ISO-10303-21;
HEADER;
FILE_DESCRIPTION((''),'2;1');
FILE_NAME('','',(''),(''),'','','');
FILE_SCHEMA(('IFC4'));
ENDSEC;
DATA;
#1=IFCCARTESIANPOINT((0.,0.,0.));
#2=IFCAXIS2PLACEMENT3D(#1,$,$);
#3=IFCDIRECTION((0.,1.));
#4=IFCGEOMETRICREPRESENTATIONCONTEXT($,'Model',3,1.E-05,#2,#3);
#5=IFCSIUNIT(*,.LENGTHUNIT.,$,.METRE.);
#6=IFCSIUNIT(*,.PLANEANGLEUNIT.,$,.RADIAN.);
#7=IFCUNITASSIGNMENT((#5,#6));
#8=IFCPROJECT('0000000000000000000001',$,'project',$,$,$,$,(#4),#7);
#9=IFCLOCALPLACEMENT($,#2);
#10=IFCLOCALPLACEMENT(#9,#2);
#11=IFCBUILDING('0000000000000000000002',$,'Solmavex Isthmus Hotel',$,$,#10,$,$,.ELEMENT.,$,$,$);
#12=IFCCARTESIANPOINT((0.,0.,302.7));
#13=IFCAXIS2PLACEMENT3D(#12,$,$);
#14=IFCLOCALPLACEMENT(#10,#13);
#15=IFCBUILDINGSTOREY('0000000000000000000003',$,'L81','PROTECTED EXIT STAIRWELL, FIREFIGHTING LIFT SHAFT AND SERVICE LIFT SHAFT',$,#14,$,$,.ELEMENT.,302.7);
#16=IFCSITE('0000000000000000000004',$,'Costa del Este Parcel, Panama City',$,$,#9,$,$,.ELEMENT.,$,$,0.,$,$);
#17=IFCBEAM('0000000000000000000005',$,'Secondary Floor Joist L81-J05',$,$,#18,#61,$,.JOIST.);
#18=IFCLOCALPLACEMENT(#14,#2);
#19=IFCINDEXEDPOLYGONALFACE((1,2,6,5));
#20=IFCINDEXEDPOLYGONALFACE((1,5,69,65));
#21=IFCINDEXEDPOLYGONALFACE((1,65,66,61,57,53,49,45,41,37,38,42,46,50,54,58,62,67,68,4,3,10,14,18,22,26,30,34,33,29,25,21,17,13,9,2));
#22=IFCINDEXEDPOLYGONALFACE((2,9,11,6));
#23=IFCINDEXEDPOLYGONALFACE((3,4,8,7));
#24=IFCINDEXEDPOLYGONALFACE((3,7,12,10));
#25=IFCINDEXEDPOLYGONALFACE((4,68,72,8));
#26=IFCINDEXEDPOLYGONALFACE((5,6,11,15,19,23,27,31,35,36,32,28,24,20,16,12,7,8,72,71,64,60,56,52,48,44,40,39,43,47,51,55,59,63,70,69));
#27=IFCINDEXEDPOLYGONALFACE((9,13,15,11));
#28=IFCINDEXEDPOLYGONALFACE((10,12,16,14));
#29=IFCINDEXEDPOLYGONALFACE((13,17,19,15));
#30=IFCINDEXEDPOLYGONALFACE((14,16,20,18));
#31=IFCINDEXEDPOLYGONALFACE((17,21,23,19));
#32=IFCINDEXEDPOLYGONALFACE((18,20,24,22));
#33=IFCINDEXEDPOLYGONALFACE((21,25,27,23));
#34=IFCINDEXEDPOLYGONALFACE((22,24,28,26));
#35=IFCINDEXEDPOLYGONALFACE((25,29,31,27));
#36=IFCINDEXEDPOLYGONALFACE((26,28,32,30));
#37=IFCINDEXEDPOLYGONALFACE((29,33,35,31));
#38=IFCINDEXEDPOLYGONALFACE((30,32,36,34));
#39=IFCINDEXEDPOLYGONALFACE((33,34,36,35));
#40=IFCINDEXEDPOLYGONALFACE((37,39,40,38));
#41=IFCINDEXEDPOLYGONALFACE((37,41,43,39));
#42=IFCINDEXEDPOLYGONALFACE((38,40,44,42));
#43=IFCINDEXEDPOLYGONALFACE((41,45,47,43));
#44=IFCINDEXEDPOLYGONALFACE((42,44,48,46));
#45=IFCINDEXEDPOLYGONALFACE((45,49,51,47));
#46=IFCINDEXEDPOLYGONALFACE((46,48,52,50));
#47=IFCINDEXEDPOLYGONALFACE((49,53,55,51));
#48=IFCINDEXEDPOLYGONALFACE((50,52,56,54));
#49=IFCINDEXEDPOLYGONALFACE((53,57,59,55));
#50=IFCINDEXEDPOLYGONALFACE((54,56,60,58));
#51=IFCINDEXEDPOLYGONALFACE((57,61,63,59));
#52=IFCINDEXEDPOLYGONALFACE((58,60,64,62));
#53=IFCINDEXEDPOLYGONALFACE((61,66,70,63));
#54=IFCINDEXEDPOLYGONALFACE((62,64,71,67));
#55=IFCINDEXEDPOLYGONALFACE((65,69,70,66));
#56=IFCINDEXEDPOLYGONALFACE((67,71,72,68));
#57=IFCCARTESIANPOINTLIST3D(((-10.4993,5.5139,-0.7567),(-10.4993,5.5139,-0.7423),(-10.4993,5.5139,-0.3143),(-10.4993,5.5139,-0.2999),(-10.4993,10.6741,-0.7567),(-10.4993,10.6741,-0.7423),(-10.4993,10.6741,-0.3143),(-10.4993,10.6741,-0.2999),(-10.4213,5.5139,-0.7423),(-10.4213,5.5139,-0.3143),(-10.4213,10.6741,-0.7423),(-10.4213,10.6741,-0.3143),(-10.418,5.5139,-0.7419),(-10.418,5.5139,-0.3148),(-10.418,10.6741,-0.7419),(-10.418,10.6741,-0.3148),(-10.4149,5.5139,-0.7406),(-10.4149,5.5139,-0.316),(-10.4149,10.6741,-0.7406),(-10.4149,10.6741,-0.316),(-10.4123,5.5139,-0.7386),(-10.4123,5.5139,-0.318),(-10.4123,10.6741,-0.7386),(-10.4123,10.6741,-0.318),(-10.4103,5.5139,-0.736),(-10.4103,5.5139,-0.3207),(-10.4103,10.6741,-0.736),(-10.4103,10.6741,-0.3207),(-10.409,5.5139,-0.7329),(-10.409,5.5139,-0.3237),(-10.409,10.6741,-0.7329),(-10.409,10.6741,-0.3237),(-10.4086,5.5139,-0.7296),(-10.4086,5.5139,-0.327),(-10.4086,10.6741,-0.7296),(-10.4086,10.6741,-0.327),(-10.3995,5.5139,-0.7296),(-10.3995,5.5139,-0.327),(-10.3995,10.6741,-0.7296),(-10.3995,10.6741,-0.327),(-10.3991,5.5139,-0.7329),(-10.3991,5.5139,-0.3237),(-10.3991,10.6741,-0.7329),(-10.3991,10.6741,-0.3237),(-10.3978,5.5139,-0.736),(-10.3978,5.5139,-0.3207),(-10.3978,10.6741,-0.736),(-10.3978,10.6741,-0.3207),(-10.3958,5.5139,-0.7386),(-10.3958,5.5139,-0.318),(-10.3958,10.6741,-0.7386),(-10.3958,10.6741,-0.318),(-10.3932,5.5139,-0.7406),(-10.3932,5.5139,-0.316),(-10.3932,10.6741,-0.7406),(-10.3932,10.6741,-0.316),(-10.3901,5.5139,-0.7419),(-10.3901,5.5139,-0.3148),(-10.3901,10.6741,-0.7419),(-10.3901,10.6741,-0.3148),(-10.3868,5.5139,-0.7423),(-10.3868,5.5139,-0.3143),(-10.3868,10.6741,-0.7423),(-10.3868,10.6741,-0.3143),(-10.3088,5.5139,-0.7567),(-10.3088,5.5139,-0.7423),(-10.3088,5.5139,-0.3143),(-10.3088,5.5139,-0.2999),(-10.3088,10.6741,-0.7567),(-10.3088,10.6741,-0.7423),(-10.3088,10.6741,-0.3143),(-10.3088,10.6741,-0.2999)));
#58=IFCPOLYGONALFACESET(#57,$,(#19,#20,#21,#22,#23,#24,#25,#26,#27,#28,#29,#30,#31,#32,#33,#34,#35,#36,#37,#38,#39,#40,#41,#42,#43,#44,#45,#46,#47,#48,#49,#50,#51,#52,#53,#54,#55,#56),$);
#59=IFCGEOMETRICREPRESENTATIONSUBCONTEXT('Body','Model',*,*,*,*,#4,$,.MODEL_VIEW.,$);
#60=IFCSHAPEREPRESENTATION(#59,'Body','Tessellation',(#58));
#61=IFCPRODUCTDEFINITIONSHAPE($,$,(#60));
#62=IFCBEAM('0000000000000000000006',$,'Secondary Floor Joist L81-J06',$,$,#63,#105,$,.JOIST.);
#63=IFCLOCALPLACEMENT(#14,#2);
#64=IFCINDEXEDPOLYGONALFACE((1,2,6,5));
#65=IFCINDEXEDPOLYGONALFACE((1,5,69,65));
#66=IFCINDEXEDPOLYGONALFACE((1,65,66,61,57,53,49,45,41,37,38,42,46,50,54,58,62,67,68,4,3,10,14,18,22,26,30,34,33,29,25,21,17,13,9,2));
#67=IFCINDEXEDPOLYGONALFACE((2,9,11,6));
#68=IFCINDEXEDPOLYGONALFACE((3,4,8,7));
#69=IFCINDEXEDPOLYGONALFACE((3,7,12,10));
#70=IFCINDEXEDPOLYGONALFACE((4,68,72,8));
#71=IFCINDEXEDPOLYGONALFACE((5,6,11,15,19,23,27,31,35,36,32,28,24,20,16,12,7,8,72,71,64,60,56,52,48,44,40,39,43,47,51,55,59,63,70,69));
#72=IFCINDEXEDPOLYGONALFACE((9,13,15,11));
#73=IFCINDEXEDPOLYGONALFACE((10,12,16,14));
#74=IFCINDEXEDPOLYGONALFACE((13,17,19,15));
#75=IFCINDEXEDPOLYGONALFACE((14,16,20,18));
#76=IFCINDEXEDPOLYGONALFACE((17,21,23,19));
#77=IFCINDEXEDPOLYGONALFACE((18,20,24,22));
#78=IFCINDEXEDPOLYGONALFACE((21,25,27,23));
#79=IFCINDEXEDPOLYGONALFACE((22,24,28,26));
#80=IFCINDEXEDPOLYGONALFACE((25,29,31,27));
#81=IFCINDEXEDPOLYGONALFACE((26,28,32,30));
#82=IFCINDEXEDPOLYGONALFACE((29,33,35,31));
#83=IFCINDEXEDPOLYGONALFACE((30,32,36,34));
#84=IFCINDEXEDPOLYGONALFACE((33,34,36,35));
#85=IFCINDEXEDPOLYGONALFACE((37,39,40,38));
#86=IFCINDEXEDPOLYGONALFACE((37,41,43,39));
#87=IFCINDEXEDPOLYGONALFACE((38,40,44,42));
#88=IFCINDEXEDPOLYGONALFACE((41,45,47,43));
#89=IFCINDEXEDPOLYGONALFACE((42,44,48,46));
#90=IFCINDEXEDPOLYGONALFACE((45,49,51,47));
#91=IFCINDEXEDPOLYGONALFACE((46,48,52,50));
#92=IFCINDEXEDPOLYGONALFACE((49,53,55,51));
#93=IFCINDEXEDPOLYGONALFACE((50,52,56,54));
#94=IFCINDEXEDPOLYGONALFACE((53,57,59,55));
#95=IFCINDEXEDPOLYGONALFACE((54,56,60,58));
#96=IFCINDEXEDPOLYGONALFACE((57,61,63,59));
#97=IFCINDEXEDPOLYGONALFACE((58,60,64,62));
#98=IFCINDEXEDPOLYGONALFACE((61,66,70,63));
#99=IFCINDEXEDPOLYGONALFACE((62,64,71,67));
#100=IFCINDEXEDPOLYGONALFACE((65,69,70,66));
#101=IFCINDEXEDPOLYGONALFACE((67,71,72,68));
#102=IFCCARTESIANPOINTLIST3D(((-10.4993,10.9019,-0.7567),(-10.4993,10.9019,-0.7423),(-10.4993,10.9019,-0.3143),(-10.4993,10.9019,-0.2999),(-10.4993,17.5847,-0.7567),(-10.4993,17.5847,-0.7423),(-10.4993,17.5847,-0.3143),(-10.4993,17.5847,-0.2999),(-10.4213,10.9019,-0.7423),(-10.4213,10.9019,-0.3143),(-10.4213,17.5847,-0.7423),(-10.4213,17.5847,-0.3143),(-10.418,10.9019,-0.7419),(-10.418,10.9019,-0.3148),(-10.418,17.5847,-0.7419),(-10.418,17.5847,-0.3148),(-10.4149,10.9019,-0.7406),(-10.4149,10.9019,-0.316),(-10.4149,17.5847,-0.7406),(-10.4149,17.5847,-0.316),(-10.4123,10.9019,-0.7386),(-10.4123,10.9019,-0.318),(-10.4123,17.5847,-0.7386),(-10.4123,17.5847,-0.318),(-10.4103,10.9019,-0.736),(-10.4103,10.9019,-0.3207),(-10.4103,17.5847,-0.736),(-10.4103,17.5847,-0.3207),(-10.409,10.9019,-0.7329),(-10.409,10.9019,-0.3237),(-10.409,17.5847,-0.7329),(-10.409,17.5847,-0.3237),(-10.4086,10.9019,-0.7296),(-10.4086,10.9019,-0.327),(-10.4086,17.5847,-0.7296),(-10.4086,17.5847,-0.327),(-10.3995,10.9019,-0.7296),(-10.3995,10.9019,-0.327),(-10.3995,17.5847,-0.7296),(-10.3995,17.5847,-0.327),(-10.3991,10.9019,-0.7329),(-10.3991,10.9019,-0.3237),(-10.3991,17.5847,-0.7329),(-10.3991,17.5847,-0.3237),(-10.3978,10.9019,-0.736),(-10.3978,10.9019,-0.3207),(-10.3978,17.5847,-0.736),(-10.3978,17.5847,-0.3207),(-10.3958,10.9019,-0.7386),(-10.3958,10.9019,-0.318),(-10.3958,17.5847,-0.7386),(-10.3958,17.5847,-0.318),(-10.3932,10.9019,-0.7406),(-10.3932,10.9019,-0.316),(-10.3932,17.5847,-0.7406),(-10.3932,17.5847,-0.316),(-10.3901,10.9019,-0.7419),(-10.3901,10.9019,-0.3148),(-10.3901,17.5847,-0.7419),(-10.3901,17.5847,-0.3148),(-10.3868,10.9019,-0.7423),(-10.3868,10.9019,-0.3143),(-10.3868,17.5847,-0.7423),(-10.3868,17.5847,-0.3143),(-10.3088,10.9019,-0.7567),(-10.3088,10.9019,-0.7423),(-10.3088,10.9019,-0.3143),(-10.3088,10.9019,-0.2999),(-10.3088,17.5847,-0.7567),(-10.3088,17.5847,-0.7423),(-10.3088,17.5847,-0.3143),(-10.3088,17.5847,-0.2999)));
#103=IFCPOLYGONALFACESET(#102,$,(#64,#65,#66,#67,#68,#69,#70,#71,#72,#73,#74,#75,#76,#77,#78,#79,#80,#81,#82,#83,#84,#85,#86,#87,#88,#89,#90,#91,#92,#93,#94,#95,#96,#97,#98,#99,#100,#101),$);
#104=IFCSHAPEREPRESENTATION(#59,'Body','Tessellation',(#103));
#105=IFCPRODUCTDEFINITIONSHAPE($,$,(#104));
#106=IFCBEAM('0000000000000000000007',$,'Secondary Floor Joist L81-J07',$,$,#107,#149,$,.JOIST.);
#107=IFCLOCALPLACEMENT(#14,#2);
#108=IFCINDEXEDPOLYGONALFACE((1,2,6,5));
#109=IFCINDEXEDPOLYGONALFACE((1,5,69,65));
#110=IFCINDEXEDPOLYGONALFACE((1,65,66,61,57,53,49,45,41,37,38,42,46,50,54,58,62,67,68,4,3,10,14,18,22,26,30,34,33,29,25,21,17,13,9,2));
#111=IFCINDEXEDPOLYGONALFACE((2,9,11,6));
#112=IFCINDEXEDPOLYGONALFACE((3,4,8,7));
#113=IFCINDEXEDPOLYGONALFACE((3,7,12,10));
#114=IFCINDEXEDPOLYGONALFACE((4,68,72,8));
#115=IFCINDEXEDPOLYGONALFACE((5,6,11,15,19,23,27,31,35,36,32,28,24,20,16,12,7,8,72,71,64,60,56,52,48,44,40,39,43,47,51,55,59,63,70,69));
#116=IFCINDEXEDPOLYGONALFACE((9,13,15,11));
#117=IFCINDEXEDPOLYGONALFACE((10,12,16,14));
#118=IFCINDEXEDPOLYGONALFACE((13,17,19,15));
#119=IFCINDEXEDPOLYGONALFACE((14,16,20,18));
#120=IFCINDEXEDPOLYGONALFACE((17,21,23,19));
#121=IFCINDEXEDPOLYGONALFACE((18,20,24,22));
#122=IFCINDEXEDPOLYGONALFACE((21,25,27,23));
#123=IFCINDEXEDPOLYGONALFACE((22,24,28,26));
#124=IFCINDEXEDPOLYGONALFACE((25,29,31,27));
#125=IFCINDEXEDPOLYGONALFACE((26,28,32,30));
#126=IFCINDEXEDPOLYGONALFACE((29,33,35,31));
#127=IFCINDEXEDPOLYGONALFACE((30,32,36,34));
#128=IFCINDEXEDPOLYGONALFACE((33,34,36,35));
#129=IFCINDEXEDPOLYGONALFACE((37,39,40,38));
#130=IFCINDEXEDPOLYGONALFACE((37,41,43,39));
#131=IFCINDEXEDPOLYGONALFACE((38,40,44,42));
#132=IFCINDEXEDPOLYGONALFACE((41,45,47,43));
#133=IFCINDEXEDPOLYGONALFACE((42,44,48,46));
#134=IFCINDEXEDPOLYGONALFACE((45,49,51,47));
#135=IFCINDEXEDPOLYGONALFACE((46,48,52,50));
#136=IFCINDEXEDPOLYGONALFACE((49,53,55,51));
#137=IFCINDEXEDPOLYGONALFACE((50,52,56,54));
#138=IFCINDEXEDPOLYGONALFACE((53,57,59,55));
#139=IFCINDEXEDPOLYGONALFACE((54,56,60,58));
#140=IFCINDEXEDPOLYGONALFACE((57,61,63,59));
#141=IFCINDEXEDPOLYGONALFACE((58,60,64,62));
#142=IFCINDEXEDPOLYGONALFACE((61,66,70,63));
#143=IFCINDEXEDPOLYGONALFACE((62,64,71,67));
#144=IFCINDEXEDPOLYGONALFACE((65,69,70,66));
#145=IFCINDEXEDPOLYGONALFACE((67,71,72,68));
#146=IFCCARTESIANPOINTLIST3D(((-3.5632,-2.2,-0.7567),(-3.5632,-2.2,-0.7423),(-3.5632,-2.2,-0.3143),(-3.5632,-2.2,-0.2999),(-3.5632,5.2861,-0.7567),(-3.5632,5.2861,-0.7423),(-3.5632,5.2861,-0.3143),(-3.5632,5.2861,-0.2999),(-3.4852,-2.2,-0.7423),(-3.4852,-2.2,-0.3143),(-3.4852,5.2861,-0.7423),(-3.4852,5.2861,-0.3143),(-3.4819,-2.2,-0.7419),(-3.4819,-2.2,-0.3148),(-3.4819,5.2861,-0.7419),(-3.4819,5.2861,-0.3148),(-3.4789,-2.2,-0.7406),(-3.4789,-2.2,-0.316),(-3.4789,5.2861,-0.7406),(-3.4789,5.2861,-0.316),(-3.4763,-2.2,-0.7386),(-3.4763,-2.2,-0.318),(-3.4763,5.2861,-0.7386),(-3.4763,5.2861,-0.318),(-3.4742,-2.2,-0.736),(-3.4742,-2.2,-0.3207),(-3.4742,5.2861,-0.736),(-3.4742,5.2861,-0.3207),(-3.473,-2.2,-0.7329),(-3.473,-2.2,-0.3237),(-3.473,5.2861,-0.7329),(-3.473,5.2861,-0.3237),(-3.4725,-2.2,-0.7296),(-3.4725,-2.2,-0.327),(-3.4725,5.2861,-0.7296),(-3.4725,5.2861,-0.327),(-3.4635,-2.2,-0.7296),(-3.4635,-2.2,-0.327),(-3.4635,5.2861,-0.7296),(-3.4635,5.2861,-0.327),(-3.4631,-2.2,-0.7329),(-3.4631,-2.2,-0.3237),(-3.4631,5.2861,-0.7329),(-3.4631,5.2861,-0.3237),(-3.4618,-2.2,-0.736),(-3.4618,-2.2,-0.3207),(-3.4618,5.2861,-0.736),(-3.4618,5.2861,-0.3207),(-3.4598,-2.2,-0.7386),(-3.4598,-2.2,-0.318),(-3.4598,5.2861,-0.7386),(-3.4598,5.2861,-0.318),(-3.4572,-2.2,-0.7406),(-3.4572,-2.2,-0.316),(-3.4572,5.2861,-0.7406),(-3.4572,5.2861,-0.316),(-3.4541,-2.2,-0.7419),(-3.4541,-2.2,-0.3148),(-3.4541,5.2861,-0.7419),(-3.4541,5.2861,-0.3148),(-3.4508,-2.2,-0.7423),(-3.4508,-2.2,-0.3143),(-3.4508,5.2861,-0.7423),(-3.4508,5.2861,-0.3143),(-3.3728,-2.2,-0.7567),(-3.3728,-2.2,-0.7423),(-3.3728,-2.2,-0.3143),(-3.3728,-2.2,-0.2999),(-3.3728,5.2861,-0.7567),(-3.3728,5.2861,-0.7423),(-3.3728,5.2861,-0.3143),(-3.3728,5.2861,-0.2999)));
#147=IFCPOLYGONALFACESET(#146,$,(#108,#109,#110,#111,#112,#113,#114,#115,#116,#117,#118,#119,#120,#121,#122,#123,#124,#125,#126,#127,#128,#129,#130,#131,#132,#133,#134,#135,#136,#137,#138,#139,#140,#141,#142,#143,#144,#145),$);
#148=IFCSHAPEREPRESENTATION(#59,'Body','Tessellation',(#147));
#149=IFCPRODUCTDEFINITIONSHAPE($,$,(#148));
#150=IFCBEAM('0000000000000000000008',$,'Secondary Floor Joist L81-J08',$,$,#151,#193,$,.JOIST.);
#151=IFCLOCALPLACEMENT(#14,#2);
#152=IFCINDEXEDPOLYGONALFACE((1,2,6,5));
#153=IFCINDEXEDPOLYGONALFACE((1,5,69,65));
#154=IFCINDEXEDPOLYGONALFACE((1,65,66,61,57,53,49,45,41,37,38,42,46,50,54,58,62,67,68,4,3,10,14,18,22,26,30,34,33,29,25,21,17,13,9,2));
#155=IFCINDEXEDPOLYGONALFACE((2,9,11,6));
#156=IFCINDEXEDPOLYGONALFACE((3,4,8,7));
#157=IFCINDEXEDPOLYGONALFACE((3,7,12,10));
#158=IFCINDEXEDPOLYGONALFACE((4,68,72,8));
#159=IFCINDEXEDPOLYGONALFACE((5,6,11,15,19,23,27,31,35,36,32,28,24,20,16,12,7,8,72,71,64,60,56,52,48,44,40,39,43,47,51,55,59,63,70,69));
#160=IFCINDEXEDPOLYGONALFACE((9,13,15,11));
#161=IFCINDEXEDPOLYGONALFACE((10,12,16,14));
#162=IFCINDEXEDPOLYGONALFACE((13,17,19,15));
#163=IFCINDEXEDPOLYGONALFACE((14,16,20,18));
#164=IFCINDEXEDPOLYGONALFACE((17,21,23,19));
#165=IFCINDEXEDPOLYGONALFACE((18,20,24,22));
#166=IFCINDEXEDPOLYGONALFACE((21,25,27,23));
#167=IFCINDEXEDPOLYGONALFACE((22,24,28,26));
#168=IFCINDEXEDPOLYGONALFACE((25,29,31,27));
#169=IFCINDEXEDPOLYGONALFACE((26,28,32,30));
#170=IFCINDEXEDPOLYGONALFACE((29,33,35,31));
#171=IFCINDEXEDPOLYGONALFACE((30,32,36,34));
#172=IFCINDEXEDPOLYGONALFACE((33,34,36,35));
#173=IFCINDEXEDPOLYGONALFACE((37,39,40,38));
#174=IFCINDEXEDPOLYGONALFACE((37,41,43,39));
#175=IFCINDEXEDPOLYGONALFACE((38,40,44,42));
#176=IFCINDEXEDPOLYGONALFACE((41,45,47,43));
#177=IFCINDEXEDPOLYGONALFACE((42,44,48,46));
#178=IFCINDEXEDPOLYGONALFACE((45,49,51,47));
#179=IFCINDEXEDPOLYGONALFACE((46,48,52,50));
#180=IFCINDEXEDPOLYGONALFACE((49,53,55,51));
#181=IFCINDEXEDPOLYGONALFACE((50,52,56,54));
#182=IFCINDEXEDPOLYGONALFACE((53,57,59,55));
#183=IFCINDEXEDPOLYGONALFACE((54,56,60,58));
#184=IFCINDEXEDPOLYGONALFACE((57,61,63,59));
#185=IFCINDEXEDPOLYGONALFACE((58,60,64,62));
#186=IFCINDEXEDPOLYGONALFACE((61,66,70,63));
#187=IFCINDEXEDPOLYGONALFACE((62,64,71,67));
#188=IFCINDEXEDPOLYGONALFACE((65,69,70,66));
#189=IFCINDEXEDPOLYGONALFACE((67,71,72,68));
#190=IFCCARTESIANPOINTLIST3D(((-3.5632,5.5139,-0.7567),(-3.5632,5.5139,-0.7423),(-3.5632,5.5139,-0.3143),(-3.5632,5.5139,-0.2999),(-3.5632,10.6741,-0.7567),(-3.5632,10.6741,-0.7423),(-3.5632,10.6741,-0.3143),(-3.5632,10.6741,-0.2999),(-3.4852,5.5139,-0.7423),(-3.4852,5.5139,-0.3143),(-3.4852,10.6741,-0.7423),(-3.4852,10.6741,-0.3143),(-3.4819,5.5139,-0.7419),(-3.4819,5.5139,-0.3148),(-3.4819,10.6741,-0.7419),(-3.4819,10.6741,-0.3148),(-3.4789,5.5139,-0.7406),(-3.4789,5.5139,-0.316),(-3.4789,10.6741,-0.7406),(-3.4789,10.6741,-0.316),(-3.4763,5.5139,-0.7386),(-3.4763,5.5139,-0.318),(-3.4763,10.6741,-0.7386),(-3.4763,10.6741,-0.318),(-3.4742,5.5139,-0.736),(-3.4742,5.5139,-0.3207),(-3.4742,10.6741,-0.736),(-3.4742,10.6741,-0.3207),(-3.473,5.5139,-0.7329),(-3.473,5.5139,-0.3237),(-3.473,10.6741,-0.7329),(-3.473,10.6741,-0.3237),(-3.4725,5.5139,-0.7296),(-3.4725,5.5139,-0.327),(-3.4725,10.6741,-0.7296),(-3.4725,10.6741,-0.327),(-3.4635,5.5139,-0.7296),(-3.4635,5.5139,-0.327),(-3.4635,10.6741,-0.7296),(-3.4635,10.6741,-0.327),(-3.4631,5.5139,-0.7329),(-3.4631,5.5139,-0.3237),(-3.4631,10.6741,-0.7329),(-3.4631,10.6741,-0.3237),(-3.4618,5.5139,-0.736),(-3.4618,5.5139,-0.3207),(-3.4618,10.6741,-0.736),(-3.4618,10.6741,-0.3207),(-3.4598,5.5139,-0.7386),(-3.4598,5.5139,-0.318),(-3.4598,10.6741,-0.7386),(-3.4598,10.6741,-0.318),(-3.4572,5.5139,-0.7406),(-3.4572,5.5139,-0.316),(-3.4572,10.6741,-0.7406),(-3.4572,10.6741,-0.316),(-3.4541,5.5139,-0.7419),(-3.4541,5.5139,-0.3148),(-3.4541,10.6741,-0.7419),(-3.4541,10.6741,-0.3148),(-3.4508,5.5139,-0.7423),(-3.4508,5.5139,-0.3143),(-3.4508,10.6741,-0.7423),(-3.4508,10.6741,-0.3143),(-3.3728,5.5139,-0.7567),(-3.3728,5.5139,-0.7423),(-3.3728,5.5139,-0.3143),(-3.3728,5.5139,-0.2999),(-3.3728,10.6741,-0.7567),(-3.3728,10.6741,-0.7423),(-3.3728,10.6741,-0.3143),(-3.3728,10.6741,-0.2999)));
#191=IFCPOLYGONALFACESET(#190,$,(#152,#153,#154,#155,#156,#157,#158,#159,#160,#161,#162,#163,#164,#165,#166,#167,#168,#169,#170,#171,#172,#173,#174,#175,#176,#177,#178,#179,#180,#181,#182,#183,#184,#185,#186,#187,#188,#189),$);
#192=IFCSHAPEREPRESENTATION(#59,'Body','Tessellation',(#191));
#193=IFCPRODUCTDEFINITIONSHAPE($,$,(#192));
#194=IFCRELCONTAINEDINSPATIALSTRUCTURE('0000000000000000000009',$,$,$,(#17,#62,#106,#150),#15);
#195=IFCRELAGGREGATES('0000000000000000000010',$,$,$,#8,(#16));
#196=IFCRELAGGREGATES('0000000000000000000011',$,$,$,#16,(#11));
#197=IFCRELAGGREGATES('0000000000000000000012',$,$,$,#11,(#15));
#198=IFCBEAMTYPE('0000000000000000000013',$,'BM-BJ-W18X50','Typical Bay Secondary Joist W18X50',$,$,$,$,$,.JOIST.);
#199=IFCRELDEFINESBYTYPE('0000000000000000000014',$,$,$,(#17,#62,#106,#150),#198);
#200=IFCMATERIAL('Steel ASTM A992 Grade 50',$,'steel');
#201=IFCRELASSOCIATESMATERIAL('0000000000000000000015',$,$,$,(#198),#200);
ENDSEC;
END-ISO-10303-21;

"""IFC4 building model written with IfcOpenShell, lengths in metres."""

from ifc_helpers import new_model, si_unit, direction, frame, origin, origin_2d, place, context, subcontext, project, spatial, i_section, extrude, material, material_profile, profile_set, type_object, element, save


model = new_model("IFC4")

# Units and contexts
model_context = context("Model", 3, precision=1e-05, world=origin(), true_north=direction((0.0, 1.0)))
body_context = subcontext(model_context, "Body", "Model", "MODEL_VIEW")
ifc_project = project(units=[si_unit("LENGTHUNIT", "METRE"), si_unit("PLANEANGLEUNIT", "RADIAN")], contexts=[model_context])

# Site, building, storey
site_placement = place(None, origin())
site = spatial("IfcSite", under=ifc_project, at=site_placement, Name="Costa del Este Parcel, Panama City", CompositionType="ELEMENT", RefElevation=0.0)
building_placement = place(site_placement, origin())
building = spatial("IfcBuilding", under=site, at=building_placement, Name="Solmavex Isthmus Hotel", CompositionType="ELEMENT")
storey_placement = place(building_placement, frame((0.0, 0.0, 302.7)))
storey = spatial("IfcBuildingStorey", under=building, at=storey_placement, Name="L81", Description="PROTECTED EXIT STAIRWELL, FIREFIGHTING LIFT SHAFT AND SERVICE LIFT SHAFT", CompositionType="ELEMENT", Elevation=302.7)

# Beams
ifc_material_1 = material(Name="Steel ASTM A992 Grade 50", Category="steel")
ifc_material_profile_1 = material_profile(ifc_material_1, i_section(OverallWidth=0.1904, OverallDepth=0.4568, WebThickness=0.009, FlangeThickness=0.0144, FilletRadius=0.0127, at=origin_2d()), Name="W18X50")
ifc_profile_set_1 = profile_set([ifc_material_profile_1], Name="Steel ASTM A992 Grade 50")
beam_type_1 = type_object("IfcBeamType", Name="BM-BJ-W18X50", Description="Typical Bay Secondary Joist W18X50", PredefinedType="JOIST", material=ifc_profile_set_1)
beam_1_placement = place(storey_placement, frame((-10.4041, 5.5139, -0.5283), z_axis=(0.0, 1.0, 0.0), x_axis=(-1.0, 0.0, 0.0)))
element("IfcBeam", 1, at=beam_1_placement, inside=storey, type_object=beam_type_1, Name="Secondary Floor Joist L81-J05", PredefinedType="JOIST", context=body_context, shape_type="SweptSolid", body=[
    extrude(i_section(OverallWidth=0.1904, OverallDepth=0.4568, WebThickness=0.009, FlangeThickness=0.0144, FilletRadius=0.0127, at=origin_2d()), origin(), (0.0, 0.0, 1.0), 5.1602),
])
beam_2_placement = place(storey_placement, frame((-10.4041, 10.9019, -0.5283), z_axis=(0.0, 1.0, 0.0), x_axis=(-1.0, 0.0, 0.0)))
element("IfcBeam", 2, at=beam_2_placement, inside=storey, type_object=beam_type_1, Name="Secondary Floor Joist L81-J06", PredefinedType="JOIST", context=body_context, shape_type="SweptSolid", body=[
    extrude(i_section(OverallWidth=0.1904, OverallDepth=0.4568, WebThickness=0.009, FlangeThickness=0.0144, FilletRadius=0.0127, at=origin_2d()), origin(), (0.0, 0.0, 1.0), 6.6829),
])
beam_3_placement = place(storey_placement, frame((-3.468, -2.2, -0.5283), z_axis=(0.0, 1.0, 0.0), x_axis=(-1.0, 0.0, 0.0)))
element("IfcBeam", 3, at=beam_3_placement, inside=storey, type_object=beam_type_1, Name="Secondary Floor Joist L81-J07", PredefinedType="JOIST", context=body_context, shape_type="SweptSolid", body=[
    extrude(i_section(OverallWidth=0.1904, OverallDepth=0.4568, WebThickness=0.009, FlangeThickness=0.0144, FilletRadius=0.0127, at=origin_2d()), origin(), (0.0, 0.0, 1.0), 7.4861),
])
beam_4_placement = place(storey_placement, frame((-3.468, 5.5139, -0.5283), z_axis=(0.0, 1.0, 0.0), x_axis=(-1.0, 0.0, 0.0)))
element("IfcBeam", 4, at=beam_4_placement, inside=storey, type_object=beam_type_1, Name="Secondary Floor Joist L81-J08", PredefinedType="JOIST", context=body_context, shape_type="SweptSolid", body=[
    extrude(i_section(OverallWidth=0.1904, OverallDepth=0.4568, WebThickness=0.009, FlangeThickness=0.0144, FilletRadius=0.0127, at=origin_2d()), origin(), (0.0, 0.0, 1.0), 5.1602),
])

save(model, "model.ifc")
